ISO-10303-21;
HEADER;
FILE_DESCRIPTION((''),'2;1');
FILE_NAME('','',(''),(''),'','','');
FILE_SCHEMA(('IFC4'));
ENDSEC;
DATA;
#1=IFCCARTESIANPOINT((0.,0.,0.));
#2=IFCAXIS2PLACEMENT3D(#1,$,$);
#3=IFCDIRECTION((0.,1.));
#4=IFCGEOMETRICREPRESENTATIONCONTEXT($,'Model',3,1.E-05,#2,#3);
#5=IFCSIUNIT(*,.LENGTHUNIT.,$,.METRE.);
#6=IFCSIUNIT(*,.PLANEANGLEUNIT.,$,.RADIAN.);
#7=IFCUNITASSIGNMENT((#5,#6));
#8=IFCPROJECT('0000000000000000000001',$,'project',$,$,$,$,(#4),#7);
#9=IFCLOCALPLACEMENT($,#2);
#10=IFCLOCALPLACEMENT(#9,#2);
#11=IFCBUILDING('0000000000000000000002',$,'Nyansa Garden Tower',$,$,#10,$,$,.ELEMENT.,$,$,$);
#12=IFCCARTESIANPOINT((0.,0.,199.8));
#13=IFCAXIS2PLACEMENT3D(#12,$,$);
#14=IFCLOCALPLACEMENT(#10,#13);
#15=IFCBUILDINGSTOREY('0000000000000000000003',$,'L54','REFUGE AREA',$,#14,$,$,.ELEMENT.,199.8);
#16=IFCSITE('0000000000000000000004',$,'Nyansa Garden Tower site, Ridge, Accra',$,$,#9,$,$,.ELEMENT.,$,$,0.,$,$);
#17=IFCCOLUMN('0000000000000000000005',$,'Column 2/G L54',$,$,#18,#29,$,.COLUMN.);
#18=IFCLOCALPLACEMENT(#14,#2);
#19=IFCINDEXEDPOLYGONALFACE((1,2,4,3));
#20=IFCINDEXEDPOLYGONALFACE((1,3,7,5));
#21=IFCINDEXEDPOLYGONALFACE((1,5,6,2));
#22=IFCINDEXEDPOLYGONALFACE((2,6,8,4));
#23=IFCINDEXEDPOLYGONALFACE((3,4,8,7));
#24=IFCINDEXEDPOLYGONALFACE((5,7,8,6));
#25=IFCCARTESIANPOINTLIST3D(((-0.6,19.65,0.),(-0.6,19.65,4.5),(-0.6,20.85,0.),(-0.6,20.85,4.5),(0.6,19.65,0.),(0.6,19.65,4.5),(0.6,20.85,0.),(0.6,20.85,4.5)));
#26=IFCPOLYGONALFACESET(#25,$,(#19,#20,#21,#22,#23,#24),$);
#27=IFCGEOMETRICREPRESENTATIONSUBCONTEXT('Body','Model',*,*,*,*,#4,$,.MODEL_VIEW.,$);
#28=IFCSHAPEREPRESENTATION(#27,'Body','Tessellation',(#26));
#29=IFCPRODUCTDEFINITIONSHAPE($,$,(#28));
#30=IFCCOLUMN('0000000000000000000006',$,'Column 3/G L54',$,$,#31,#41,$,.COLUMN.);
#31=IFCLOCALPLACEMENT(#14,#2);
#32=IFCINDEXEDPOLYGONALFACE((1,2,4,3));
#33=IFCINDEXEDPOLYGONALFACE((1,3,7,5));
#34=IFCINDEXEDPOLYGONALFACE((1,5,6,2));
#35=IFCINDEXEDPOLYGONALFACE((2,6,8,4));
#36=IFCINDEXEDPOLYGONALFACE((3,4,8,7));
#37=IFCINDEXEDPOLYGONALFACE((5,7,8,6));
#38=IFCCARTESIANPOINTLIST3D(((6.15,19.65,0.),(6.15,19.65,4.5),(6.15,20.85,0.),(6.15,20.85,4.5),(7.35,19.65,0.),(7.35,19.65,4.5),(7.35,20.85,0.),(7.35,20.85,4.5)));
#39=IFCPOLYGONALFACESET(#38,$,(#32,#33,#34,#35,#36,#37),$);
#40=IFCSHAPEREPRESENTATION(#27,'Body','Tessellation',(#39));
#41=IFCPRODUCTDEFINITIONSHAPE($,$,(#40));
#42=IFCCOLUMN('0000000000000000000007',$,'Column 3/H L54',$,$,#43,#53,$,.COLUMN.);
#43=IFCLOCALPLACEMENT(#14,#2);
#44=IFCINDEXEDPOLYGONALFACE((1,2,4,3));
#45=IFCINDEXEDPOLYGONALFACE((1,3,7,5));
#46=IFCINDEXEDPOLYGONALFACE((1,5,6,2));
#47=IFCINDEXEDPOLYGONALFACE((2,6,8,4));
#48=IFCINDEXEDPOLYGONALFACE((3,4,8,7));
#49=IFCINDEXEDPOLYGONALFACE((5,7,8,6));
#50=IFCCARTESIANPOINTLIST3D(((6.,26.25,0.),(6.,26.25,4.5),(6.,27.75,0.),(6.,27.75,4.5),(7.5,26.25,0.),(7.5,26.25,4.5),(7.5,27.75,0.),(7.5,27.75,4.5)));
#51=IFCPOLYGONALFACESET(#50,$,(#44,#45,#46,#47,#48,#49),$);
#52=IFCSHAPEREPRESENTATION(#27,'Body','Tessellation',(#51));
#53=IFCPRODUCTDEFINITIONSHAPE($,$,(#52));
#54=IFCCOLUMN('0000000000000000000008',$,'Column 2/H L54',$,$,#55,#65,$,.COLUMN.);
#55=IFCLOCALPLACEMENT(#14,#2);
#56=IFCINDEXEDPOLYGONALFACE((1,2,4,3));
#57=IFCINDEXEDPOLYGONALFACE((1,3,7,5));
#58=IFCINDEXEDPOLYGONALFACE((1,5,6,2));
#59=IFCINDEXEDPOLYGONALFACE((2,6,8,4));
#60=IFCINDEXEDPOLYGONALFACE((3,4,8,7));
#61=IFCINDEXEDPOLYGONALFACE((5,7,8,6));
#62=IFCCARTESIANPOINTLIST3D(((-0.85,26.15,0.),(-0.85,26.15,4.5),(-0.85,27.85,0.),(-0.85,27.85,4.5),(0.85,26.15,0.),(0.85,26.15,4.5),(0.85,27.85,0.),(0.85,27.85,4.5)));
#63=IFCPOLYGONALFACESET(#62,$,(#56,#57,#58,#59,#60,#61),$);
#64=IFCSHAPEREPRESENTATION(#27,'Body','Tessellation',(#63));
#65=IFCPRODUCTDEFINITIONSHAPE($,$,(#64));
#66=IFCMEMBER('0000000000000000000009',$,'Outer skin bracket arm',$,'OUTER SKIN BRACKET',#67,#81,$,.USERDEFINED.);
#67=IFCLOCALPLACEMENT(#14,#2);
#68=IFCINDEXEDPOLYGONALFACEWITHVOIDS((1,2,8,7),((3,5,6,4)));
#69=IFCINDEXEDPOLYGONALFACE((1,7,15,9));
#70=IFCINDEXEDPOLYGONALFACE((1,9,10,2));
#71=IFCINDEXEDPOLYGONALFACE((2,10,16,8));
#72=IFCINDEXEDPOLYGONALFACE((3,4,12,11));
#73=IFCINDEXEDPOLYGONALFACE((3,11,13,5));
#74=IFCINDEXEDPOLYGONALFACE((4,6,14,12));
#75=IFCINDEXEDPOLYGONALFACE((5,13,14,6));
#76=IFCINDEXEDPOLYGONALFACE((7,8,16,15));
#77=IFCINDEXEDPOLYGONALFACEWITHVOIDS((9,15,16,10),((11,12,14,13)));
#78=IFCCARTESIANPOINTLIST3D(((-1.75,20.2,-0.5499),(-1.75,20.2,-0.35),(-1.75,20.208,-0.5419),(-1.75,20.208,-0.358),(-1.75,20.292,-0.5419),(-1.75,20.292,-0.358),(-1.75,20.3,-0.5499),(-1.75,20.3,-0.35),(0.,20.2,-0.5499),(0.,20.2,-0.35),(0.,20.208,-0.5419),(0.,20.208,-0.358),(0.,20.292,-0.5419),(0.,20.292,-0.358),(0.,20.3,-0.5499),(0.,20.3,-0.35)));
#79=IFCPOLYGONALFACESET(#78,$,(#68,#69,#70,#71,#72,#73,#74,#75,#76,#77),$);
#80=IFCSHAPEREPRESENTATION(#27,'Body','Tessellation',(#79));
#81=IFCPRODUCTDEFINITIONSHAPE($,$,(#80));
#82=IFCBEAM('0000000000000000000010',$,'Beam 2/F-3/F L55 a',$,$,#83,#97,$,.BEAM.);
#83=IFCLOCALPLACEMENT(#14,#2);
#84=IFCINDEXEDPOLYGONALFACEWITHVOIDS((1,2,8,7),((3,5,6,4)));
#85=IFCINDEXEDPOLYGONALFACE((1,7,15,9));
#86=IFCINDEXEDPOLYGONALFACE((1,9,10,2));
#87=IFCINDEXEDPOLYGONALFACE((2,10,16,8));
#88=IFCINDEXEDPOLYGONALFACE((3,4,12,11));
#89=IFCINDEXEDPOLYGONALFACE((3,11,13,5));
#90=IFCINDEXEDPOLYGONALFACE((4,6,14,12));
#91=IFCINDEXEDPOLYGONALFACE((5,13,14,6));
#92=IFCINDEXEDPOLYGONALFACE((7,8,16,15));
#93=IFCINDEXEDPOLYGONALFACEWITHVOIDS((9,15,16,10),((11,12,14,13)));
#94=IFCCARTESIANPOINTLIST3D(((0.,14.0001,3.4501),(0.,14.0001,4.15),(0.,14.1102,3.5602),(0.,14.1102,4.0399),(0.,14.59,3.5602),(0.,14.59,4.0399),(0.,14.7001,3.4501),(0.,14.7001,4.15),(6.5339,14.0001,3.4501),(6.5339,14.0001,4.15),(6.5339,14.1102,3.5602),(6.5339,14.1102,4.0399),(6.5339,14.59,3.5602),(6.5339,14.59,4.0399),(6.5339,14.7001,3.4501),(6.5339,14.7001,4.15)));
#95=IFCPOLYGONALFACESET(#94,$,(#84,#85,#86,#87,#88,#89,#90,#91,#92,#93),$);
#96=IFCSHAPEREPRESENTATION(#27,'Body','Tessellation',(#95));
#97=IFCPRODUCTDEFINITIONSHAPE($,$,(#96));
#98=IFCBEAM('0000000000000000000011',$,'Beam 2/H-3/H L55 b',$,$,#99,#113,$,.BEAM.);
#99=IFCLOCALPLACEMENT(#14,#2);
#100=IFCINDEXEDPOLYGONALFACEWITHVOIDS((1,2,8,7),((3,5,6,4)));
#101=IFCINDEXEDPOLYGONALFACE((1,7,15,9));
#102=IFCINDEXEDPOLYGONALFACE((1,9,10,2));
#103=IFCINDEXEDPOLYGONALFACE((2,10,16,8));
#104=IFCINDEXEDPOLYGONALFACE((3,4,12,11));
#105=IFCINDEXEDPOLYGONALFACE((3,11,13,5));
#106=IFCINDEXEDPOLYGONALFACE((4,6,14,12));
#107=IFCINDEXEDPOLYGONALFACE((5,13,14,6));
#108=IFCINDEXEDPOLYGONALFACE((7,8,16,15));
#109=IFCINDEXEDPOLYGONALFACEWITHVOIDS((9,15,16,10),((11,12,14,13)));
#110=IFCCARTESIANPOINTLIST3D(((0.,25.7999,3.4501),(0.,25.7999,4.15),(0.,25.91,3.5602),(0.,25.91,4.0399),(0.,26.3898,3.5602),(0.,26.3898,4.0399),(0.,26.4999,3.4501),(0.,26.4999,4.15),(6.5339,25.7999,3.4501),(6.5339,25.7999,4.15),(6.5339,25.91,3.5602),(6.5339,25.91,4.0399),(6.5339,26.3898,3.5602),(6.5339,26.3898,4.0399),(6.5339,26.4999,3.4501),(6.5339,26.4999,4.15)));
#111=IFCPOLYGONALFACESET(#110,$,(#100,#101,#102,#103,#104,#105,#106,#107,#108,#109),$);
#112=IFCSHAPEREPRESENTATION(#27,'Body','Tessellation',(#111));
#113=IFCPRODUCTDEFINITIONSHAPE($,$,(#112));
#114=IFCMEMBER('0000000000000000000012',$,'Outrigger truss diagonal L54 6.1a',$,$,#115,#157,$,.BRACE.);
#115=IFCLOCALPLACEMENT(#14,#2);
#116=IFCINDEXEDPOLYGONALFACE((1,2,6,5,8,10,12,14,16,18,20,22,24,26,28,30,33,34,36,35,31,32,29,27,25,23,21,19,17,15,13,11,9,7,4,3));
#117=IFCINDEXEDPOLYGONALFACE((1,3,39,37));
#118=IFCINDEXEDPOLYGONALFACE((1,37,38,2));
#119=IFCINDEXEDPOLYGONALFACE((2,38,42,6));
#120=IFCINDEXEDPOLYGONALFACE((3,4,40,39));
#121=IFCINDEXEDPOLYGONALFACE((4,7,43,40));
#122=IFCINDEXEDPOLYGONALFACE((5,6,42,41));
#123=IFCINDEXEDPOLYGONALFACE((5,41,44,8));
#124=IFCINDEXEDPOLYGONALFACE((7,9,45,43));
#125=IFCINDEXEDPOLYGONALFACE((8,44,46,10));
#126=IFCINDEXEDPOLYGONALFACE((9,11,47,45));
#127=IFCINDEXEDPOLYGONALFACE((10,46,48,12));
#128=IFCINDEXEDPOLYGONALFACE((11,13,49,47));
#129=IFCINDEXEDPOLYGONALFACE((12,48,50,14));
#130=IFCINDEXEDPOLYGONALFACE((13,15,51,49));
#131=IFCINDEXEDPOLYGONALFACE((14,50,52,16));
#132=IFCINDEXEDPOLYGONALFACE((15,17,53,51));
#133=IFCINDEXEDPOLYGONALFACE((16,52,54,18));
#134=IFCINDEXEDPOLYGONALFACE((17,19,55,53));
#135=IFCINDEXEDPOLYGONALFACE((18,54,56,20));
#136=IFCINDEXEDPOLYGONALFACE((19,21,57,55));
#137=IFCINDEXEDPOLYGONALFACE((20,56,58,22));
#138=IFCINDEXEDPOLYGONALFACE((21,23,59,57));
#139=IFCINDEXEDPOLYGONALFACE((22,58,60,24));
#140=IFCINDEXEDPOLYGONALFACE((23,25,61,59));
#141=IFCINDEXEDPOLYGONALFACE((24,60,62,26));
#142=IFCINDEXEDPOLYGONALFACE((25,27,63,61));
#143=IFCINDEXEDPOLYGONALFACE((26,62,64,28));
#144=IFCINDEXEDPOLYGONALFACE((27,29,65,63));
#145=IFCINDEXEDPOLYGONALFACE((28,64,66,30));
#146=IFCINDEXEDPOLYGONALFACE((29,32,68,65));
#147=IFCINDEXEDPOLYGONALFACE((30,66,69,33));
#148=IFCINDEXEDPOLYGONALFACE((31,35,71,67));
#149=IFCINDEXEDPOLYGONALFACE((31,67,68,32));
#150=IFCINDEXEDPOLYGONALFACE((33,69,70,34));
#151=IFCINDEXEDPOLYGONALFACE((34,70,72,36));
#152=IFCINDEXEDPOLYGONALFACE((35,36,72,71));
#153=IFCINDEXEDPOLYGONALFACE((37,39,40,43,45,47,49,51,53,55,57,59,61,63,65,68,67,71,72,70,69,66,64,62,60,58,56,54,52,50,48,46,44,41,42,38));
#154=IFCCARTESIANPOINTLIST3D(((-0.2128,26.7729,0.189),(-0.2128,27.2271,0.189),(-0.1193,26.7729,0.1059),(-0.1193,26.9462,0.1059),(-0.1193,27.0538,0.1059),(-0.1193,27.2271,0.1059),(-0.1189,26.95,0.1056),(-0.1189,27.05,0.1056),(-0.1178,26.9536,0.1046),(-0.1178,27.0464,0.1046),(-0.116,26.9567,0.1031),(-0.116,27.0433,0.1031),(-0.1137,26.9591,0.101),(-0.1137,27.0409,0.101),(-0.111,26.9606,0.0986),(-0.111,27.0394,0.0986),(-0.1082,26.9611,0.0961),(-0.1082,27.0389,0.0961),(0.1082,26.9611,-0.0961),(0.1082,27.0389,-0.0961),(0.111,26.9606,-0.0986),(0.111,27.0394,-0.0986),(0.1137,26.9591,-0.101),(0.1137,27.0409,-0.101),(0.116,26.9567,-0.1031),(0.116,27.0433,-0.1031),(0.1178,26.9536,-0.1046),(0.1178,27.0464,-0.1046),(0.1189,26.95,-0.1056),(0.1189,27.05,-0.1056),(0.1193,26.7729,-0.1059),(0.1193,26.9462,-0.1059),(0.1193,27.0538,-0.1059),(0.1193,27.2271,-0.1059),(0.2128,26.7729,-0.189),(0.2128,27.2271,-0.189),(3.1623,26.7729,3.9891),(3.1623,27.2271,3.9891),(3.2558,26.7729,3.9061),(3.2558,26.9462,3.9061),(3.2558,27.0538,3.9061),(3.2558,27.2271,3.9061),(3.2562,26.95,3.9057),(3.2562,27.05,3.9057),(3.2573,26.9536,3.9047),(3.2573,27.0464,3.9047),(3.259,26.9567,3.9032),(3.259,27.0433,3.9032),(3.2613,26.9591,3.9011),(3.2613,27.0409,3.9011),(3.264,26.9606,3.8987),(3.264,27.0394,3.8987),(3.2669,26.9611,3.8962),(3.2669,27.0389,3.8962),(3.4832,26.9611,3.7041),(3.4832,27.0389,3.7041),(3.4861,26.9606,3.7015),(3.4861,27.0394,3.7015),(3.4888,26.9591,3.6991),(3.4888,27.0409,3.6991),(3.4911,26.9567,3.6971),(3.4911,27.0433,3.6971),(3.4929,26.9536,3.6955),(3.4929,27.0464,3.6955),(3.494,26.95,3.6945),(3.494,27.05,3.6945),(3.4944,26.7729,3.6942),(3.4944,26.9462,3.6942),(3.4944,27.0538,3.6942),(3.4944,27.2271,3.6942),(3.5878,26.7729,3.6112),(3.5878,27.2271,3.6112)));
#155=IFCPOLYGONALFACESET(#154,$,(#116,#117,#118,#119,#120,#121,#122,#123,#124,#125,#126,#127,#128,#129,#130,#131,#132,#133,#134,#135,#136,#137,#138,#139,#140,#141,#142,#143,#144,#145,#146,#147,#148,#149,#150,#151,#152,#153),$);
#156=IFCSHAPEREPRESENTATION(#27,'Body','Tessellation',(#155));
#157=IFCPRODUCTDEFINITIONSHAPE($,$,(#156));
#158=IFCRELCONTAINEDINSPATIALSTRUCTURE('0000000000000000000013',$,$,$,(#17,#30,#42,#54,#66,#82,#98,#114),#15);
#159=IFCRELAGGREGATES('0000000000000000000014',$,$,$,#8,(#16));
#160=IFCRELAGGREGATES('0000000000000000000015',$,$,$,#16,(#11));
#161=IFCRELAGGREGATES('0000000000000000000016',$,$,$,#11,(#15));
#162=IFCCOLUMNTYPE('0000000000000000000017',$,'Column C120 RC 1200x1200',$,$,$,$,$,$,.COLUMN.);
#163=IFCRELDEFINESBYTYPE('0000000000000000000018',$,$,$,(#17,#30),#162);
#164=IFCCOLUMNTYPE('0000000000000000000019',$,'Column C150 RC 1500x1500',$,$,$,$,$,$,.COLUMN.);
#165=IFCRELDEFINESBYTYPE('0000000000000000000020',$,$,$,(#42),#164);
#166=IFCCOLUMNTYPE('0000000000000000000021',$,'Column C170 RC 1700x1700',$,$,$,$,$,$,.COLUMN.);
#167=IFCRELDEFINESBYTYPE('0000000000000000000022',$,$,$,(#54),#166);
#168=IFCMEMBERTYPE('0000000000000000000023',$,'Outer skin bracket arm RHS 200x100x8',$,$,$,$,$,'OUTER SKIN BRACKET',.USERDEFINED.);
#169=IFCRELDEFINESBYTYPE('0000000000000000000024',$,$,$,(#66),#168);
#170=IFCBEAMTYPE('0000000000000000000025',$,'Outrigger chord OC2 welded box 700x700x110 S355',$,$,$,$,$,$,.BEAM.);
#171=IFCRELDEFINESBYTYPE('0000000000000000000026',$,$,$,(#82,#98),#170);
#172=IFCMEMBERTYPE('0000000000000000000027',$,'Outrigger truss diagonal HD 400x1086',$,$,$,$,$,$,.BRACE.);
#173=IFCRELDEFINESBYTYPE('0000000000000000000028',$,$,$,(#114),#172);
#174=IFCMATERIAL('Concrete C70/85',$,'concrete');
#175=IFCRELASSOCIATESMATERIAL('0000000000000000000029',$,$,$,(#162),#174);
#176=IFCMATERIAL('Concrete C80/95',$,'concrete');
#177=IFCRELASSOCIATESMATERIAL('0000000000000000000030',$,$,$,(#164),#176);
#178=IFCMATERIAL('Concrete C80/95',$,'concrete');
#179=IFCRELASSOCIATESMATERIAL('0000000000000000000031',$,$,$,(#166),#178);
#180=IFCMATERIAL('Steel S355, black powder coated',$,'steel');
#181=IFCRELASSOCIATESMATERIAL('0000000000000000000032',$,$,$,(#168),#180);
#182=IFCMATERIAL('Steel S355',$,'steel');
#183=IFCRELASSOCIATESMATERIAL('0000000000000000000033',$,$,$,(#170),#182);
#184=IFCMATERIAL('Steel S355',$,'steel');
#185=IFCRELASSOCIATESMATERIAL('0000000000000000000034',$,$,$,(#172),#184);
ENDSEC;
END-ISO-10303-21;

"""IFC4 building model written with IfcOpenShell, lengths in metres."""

from ifc_helpers import new_model, si_unit, direction, frame, origin, origin_2d, place, context, subcontext, project, spatial, rectangle, hollow_rectangle, i_section, extrude, material, material_profile, profile_set, type_object, element, save


model = new_model("IFC4")

# Units and contexts
model_context = context("Model", 3, precision=1e-05, world=origin(), true_north=direction((0.0, 1.0)))
body_context = subcontext(model_context, "Body", "Model", "MODEL_VIEW")
ifc_project = project(units=[si_unit("LENGTHUNIT", "METRE"), si_unit("PLANEANGLEUNIT", "RADIAN")], contexts=[model_context])

# Site, building, storey
site_placement = place(None, origin())
site = spatial("IfcSite", under=ifc_project, at=site_placement, Name="Nyansa Garden Tower site, Ridge, Accra", CompositionType="ELEMENT", RefElevation=0.0)
building_placement = place(site_placement, origin())
building = spatial("IfcBuilding", under=site, at=building_placement, Name="Nyansa Garden Tower", CompositionType="ELEMENT")
storey_placement = place(building_placement, frame((0.0, 0.0, 199.8)))
storey = spatial("IfcBuildingStorey", under=building, at=storey_placement, Name="L54", Description="REFUGE AREA", CompositionType="ELEMENT", Elevation=199.8)

# Columns
ifc_material_1 = material(Name="Concrete C70/85", Category="concrete")
ifc_material_profile_1 = material_profile(ifc_material_1, rectangle(XDim=1.2, YDim=1.2, at=origin_2d()), Name="RC 1200x1200")
ifc_profile_set_1 = profile_set([ifc_material_profile_1], Name="Concrete C70/85")
column_type_1 = type_object("IfcColumnType", Name="Column C120 RC 1200x1200", PredefinedType="COLUMN", material=ifc_profile_set_1)
for number, where, z_axis, x_axis, name in (
    (1, (0.0, 20.25, 0.0), (0.0, 0.0, 1.0), (1.0, 0.0, 0.0), "Column 2/G L54"),
    (2, (6.75, 20.25, 0.0), (0.0, 0.0, 1.0), (1.0, 0.0, 0.0), "Column 3/G L54"),
):
    element("IfcColumn", number, at=place(storey_placement, frame(where, z_axis=z_axis, x_axis=x_axis)), inside=storey, type_object=column_type_1, Name=name, PredefinedType="COLUMN", context=body_context, shape_type="SweptSolid", body=[
        extrude(rectangle(XDim=1.2, YDim=1.2, at=origin_2d()), origin(), (0.0, 0.0, 1.0), 4.5),
    ])
ifc_material_2 = material(Name="Concrete C80/95", Category="concrete")
ifc_material_profile_2 = material_profile(ifc_material_2, rectangle(XDim=1.5, YDim=1.5, at=origin_2d()), Name="RC 1500x1500")
ifc_profile_set_2 = profile_set([ifc_material_profile_2], Name="Concrete C80/95")
column_type_2 = type_object("IfcColumnType", Name="Column C150 RC 1500x1500", PredefinedType="COLUMN", material=ifc_profile_set_2)
column_1_placement = place(storey_placement, frame((6.75, 27.0, 0.0), z_axis=(0.0, 0.0, 1.0), x_axis=(1.0, 0.0, 0.0)))
element("IfcColumn", 3, at=column_1_placement, inside=storey, type_object=column_type_2, Name="Column 3/H L54", PredefinedType="COLUMN", context=body_context, shape_type="SweptSolid", body=[
    extrude(rectangle(XDim=1.5, YDim=1.5, at=origin_2d()), origin(), (0.0, 0.0, 1.0), 4.5),
])
ifc_material_3 = material(Name="Concrete C80/95", Category="concrete")
ifc_material_profile_3 = material_profile(ifc_material_3, rectangle(XDim=1.7, YDim=1.7, at=origin_2d()), Name="RC 1700x1700")
ifc_profile_set_3 = profile_set([ifc_material_profile_3], Name="Concrete C80/95")
column_type_3 = type_object("IfcColumnType", Name="Column C170 RC 1700x1700", PredefinedType="COLUMN", material=ifc_profile_set_3)
column_2_placement = place(storey_placement, frame((0.0, 27.0, 0.0), z_axis=(0.0, 0.0, 1.0), x_axis=(1.0, 0.0, 0.0)))
element("IfcColumn", 4, at=column_2_placement, inside=storey, type_object=column_type_3, Name="Column 2/H L54", PredefinedType="COLUMN", context=body_context, shape_type="SweptSolid", body=[
    extrude(rectangle(XDim=1.7, YDim=1.7, at=origin_2d()), origin(), (0.0, 0.0, 1.0), 4.5),
])

# Member
ifc_material_4 = material(Name="Steel S355, black powder coated", Category="steel")
ifc_material_profile_4 = material_profile(ifc_material_4, hollow_rectangle(XDim=0.1001, YDim=0.2, WallThickness=0.0081, at=origin_2d()), Name="RHS 200x100x8")
ifc_profile_set_4 = profile_set([ifc_material_profile_4], Name="Steel S355, black powder coated")
member_type_1 = type_object("IfcMemberType", Name="Outer skin bracket arm RHS 200x100x8", ElementType="OUTER SKIN BRACKET", PredefinedType="USERDEFINED", material=ifc_profile_set_4)
member_1_placement = place(storey_placement, frame((0.0, 20.25, -0.45), z_axis=(-1.0, 0.0, 0.0), x_axis=(0.0, -1.0, 0.0)))
element("IfcMember", 5, at=member_1_placement, inside=storey, type_object=member_type_1, Name="Outer skin bracket arm", ObjectType="OUTER SKIN BRACKET", PredefinedType="USERDEFINED", context=body_context, shape_type="SweptSolid", body=[
    extrude(hollow_rectangle(XDim=0.1001, YDim=0.2, WallThickness=0.0081, at=origin_2d()), origin(), (0.0, 0.0, 1.0), 1.75),
])

# Beams
ifc_material_5 = material(Name="Steel S355", Category="steel")
ifc_material_profile_5 = material_profile(ifc_material_5, hollow_rectangle(XDim=0.7, YDim=0.7, WallThickness=0.1101, at=origin_2d()), Name="Welded box 700x700x110")
ifc_profile_set_5 = profile_set([ifc_material_profile_5], Name="Steel S355")
beam_type_1 = type_object("IfcBeamType", Name="Outrigger chord OC2 welded box 700x700x110 S355", PredefinedType="BEAM", material=ifc_profile_set_5)
for number, where, z_axis, x_axis, name in (
    (6, (0.0, 14.3501, 3.8), (1.0, 0.0, 0.0), (0.0, 1.0, 0.0), "Beam 2/F-3/F L55 a"),
    (7, (0.0, 26.1499, 3.8), (1.0, 0.0, 0.0), (0.0, 1.0, 0.0), "Beam 2/H-3/H L55 b"),
):
    element("IfcBeam", number, at=place(storey_placement, frame(where, z_axis=z_axis, x_axis=x_axis)), inside=storey, type_object=beam_type_1, Name=name, PredefinedType="BEAM", context=body_context, shape_type="SweptSolid", body=[
        extrude(hollow_rectangle(XDim=0.7, YDim=0.7, WallThickness=0.1101, at=origin_2d()), origin(), (0.0, 0.0, 1.0), 6.5339),
    ])

# Member
ifc_material_6 = material(Name="Steel S355", Category="steel")
ifc_material_profile_6 = material_profile(ifc_material_6, i_section(OverallWidth=0.4541, OverallDepth=0.5691, WebThickness=0.0779, FlangeThickness=0.125, FilletRadius=0.0149, at=origin_2d()), Name="HD 400x1086")
ifc_profile_set_6 = profile_set([ifc_material_profile_6], Name="Steel S355")
member_type_2 = type_object("IfcMemberType", Name="Outrigger truss diagonal HD 400x1086", PredefinedType="BRACE", material=ifc_profile_set_6)
for number, where, z_axis, x_axis, name in (
    (8, (0.0, 27.0, 0.0), (0.664054, 0.0, 0.747685), (0.0, 1.0, 0.0), "Outrigger truss diagonal L54 6.1a"),
):
    element("IfcMember", number, at=place(storey_placement, frame(where, z_axis=z_axis, x_axis=x_axis)), inside=storey, type_object=member_type_2, Name=name, PredefinedType="BRACE", context=body_context, shape_type="SweptSolid", body=[
        extrude(i_section(OverallWidth=0.4541, OverallDepth=0.5691, WebThickness=0.0779, FlangeThickness=0.125, FilletRadius=0.0149, at=origin_2d()), origin(), (0.0, 0.0, 1.0), 5.0825),
    ])

save(model, "model.ifc")
